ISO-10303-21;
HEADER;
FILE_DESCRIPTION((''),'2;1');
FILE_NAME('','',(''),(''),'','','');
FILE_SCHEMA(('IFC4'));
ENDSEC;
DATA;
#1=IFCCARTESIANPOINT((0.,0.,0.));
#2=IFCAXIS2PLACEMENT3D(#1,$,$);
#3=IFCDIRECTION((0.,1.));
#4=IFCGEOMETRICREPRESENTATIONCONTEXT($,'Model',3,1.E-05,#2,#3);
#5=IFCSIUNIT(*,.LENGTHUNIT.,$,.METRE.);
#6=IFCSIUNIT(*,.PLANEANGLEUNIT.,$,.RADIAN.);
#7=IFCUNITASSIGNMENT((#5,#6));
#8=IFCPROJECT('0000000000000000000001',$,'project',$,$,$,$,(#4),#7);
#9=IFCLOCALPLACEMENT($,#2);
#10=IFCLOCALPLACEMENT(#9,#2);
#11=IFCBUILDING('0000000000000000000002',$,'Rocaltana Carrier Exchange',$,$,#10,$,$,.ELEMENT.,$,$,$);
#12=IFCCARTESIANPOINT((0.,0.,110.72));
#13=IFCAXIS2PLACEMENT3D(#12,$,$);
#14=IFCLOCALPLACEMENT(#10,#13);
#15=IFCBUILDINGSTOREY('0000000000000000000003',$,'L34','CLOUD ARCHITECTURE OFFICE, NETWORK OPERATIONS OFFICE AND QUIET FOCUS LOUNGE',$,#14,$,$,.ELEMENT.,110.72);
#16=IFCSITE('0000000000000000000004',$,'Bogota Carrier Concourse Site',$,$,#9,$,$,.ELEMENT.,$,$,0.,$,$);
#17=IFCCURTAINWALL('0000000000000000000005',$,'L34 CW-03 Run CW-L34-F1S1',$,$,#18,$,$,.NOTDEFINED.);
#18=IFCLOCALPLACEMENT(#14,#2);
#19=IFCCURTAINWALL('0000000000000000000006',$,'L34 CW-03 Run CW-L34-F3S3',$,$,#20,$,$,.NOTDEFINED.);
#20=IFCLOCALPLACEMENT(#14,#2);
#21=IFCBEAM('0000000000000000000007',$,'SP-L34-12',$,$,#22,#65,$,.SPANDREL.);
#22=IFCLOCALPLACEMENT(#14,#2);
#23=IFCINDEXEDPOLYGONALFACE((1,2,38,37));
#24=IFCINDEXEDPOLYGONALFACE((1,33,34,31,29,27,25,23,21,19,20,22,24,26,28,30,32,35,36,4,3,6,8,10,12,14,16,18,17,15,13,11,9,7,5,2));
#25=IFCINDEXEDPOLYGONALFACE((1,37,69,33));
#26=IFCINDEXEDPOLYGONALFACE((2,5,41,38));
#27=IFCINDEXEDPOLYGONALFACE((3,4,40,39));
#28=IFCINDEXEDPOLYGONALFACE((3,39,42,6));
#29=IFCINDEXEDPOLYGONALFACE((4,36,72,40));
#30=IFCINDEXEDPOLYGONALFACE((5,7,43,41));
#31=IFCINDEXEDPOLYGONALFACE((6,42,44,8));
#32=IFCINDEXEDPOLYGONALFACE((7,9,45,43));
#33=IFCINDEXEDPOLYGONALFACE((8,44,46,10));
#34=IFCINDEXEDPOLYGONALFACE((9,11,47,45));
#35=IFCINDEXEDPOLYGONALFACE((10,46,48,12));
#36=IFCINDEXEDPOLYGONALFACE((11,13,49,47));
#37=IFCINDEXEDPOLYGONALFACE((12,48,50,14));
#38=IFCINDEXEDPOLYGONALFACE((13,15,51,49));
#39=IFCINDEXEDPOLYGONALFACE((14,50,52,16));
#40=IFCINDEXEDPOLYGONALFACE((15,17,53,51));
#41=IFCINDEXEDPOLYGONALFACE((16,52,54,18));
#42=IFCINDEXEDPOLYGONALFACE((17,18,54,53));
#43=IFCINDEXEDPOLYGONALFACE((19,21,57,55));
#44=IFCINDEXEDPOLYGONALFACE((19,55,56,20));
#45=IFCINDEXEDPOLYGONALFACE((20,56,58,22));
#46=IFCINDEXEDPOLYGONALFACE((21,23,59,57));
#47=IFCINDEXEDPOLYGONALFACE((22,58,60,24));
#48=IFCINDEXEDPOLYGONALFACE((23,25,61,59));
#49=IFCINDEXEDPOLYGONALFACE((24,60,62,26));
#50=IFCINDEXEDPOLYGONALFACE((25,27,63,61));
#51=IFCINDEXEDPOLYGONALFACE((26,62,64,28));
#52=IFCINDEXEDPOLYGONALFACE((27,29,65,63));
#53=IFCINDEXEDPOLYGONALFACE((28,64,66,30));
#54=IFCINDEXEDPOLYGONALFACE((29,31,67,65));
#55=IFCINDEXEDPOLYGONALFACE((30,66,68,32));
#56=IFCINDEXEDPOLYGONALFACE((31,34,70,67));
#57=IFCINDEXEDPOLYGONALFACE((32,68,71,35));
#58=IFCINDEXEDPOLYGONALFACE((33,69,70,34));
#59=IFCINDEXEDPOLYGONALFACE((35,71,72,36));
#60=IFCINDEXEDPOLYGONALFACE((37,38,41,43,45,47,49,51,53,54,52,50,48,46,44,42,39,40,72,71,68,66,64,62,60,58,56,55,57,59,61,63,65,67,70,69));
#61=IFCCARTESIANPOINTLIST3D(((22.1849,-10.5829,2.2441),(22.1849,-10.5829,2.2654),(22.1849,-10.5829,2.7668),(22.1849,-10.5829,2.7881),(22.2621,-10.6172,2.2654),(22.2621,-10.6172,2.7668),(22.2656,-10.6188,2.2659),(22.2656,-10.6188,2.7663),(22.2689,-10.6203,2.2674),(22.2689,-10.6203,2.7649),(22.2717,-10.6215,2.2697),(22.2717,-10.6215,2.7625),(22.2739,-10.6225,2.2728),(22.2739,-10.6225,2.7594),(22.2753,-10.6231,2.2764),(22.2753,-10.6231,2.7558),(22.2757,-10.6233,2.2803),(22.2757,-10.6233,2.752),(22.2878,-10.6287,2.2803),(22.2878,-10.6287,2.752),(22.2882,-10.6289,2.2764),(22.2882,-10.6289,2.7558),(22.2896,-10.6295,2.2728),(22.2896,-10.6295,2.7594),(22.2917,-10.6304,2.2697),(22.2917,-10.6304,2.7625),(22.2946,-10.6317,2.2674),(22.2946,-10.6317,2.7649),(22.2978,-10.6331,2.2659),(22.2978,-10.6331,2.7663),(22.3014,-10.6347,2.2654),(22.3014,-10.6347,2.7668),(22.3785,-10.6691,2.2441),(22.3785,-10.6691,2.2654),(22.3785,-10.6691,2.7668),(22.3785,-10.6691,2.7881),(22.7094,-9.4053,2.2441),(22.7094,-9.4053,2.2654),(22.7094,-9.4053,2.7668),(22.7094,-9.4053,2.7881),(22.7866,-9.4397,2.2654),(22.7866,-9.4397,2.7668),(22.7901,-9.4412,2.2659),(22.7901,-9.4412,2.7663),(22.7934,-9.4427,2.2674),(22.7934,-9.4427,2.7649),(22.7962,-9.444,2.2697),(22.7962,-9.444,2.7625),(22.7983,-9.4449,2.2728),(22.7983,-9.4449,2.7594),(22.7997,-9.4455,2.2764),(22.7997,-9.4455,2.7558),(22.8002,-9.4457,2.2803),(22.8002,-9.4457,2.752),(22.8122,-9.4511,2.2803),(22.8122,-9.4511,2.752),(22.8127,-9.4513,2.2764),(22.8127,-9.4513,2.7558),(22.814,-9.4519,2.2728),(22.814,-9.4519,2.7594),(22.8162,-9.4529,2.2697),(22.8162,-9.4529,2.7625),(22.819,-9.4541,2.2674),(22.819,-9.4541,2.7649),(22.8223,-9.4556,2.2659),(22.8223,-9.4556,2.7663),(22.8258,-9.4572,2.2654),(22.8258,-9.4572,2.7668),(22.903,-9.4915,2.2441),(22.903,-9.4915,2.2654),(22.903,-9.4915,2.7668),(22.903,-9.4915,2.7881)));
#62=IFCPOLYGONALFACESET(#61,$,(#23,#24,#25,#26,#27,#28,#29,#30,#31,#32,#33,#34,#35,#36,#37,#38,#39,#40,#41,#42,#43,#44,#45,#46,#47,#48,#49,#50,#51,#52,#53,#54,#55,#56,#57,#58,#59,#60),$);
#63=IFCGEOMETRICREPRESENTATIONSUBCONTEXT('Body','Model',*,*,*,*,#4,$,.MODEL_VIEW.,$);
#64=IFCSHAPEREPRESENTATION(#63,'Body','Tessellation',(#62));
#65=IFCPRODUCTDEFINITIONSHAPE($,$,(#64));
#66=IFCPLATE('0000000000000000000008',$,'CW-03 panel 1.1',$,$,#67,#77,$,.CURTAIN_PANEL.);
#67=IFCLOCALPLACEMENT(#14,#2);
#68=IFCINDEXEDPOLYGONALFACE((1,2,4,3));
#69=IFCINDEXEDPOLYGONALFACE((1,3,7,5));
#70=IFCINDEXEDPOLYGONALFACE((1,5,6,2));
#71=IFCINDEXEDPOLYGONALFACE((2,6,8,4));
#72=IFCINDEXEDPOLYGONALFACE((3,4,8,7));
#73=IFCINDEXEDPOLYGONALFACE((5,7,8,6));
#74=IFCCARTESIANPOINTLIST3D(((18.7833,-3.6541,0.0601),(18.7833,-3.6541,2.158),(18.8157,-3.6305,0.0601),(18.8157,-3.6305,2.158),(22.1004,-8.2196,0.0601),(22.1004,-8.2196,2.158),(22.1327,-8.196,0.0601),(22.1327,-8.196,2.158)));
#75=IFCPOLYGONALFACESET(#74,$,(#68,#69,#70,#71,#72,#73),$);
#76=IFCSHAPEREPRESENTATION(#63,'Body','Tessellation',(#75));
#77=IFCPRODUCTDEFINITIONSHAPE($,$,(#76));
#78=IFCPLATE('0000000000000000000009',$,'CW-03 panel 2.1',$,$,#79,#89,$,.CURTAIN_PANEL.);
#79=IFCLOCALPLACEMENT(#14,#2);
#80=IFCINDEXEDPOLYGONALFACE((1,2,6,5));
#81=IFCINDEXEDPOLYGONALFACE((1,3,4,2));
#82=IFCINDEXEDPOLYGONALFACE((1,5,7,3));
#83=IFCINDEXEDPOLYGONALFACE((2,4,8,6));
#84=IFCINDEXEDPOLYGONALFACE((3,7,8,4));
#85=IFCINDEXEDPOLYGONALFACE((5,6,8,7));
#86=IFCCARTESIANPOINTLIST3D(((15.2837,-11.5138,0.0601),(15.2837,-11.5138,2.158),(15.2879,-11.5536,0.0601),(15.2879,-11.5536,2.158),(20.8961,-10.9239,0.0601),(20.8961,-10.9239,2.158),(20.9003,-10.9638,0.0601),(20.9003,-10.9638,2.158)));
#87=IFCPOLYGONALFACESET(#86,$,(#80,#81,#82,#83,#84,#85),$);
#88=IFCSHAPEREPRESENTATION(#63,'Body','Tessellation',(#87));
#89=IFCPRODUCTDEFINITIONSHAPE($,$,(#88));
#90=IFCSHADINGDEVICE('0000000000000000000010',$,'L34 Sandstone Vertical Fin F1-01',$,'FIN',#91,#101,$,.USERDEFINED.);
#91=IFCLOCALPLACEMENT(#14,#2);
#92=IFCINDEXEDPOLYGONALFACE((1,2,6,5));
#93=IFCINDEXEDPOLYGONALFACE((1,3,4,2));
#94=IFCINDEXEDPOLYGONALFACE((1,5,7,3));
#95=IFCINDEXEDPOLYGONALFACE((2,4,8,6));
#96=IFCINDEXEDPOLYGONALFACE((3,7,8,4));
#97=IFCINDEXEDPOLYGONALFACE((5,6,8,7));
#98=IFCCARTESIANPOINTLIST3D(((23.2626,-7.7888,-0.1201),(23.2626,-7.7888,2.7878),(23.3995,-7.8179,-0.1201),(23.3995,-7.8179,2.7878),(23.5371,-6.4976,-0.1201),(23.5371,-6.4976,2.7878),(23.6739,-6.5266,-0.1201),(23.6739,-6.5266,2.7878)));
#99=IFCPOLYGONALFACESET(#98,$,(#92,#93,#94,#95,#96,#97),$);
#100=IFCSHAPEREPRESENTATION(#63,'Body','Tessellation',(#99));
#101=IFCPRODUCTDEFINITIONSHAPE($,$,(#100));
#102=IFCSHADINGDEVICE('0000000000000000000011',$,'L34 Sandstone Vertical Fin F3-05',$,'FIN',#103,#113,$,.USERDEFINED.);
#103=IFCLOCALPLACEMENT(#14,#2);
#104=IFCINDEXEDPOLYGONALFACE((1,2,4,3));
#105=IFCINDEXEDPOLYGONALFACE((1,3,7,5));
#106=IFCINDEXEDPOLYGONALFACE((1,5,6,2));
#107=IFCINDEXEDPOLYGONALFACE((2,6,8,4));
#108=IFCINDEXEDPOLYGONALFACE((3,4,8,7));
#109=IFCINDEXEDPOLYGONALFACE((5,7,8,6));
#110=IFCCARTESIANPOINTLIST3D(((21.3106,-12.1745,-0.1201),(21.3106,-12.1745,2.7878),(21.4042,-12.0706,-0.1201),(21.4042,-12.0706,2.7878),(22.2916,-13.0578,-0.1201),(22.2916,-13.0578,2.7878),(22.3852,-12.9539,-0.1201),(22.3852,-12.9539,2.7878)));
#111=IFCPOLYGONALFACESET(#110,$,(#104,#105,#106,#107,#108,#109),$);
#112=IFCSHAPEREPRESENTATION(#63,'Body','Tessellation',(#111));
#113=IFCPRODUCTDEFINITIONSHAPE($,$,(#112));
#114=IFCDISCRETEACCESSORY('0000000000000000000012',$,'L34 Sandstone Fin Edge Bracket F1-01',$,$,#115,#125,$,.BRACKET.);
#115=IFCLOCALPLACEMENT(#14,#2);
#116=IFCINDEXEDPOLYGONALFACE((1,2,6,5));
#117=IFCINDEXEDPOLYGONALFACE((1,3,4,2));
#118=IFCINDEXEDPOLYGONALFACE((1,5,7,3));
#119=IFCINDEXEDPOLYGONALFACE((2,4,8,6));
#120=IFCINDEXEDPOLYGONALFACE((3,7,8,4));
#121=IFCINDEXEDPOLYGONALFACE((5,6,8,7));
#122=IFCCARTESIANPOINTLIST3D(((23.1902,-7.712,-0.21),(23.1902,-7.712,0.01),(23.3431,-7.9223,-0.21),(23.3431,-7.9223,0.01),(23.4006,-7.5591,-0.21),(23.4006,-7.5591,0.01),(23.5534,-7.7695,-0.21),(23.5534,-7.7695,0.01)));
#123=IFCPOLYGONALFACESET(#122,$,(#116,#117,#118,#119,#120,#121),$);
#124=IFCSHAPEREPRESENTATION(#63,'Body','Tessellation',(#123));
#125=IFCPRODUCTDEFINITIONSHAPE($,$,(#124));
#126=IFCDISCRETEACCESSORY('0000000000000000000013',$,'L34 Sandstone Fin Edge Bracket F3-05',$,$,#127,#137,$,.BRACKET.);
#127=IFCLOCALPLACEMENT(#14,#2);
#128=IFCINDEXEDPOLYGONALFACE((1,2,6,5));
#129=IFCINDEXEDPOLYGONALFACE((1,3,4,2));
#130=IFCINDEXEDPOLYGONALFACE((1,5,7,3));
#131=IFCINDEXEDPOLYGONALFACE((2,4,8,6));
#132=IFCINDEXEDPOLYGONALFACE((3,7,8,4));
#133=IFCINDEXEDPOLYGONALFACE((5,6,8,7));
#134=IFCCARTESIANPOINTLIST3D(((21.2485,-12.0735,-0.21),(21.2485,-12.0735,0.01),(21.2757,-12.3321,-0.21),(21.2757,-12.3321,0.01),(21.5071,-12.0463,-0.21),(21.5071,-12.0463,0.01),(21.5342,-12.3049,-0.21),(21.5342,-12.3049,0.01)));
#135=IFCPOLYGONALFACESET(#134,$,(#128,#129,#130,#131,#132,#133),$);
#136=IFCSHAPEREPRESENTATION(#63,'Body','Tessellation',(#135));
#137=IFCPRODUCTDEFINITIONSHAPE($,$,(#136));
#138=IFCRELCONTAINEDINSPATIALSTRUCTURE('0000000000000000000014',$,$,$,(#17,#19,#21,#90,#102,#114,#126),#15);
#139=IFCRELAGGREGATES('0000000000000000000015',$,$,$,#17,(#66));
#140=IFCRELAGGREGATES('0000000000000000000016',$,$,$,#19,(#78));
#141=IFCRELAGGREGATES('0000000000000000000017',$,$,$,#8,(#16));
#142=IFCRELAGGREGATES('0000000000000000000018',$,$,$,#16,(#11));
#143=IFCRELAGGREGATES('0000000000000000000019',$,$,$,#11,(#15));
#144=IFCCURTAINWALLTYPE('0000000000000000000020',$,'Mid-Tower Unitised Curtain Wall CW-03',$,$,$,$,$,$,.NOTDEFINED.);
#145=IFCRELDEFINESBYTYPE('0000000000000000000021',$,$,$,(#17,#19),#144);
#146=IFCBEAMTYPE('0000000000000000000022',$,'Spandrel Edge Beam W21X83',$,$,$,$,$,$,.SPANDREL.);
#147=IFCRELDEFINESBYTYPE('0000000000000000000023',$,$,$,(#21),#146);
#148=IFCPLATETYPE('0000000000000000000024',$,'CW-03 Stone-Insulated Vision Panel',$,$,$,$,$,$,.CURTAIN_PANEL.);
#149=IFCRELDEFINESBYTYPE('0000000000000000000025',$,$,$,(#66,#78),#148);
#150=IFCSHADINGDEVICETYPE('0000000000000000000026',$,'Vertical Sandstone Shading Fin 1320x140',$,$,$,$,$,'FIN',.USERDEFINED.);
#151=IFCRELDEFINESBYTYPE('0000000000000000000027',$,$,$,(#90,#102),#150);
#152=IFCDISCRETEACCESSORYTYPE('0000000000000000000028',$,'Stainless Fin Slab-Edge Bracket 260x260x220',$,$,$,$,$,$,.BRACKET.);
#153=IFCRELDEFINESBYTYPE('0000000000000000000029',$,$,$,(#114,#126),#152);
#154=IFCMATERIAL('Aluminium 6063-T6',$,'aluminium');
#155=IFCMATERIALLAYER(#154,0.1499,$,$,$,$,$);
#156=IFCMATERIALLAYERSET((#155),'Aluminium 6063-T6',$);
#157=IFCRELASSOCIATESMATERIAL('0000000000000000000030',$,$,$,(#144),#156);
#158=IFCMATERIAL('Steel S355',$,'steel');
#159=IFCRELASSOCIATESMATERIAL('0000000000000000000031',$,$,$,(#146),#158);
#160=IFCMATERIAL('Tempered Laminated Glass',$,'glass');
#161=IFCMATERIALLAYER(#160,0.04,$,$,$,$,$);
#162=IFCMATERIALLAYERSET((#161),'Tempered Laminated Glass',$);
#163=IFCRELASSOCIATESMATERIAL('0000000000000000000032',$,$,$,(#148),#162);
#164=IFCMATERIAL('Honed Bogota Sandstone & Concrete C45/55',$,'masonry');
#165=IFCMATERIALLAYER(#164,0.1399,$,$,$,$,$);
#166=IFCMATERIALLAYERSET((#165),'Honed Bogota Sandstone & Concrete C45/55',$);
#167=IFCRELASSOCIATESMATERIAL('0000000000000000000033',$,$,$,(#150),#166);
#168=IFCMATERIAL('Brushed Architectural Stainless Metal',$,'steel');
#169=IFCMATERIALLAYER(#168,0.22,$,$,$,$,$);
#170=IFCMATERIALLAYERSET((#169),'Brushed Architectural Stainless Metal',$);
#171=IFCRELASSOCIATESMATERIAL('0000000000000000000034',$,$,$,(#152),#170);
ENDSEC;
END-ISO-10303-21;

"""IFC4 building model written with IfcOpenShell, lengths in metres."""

from ifc_helpers import new_model, si_unit, direction, frame, origin, origin_2d, place, context, subcontext, project, spatial, rectangle, i_section, extrude, material, layer, layer_set, material_profile, profile_set, type_object, element, aggregate, save


model = new_model("IFC4")

# Units and contexts
model_context = context("Model", 3, precision=1e-05, world=origin(), true_north=direction((0.0, 1.0)))
body_context = subcontext(model_context, "Body", "Model", "MODEL_VIEW")
ifc_project = project(units=[si_unit("LENGTHUNIT", "METRE"), si_unit("PLANEANGLEUNIT", "RADIAN")], contexts=[model_context])

# Site, building, storey
site_placement = place(None, origin())
site = spatial("IfcSite", under=ifc_project, at=site_placement, Name="Bogota Carrier Concourse Site", CompositionType="ELEMENT", RefElevation=0.0)
building_placement = place(site_placement, origin())
building = spatial("IfcBuilding", under=site, at=building_placement, Name="Rocaltana Carrier Exchange", CompositionType="ELEMENT")
storey_placement = place(building_placement, frame((0.0, 0.0, 110.72)))
storey = spatial("IfcBuildingStorey", under=building, at=storey_placement, Name="L34", Description="CLOUD ARCHITECTURE OFFICE, NETWORK OPERATIONS OFFICE AND QUIET FOCUS LOUNGE", CompositionType="ELEMENT", Elevation=110.72)

# Curtain wall
ifc_material_1 = material(Name="Aluminium 6063-T6", Category="aluminium")
ifc_layer_1 = layer(ifc_material_1, 0.1499)
ifc_layer_set_1 = layer_set([ifc_layer_1], Name="Aluminium 6063-T6")
curtain_wall_type = type_object("IfcCurtainWallType", Name="Mid-Tower Unitised Curtain Wall CW-03", PredefinedType="NOTDEFINED", material=ifc_layer_set_1)
curtain_wall_1_placement = place(storey_placement, origin())
curtain_wall_1 = element("IfcCurtainWall", 1, at=curtain_wall_1_placement, inside=storey, type_object=curtain_wall_type, Name="L34 CW-03 Run CW-L34-F1S1", PredefinedType="NOTDEFINED")

# Curtain wall
curtain_wall_2_placement = place(storey_placement, origin())
curtain_wall_2 = element("IfcCurtainWall", 2, at=curtain_wall_2_placement, inside=storey, type_object=curtain_wall_type, Name="L34 CW-03 Run CW-L34-F3S3", PredefinedType="NOTDEFINED")

# Beam
ifc_material_2 = material(Name="Steel S355", Category="steel")
ifc_material_profile_1 = material_profile(ifc_material_2, i_section(OverallWidth=0.2119, OverallDepth=0.5439, WebThickness=0.0132, FlangeThickness=0.0212, FilletRadius=0.0149, at=origin_2d()), Name="W21X83")
ifc_profile_set_1 = profile_set([ifc_material_profile_1], Name="Steel S355")
beam_type_1 = type_object("IfcBeamType", Name="Spandrel Edge Beam W21X83", PredefinedType="SPANDREL", material=ifc_profile_set_1)
beam_1_placement = place(storey_placement, frame((22.2817, -10.626, 2.5161), z_axis=(0.406841, 0.913499, 0.0), x_axis=(-0.913499, 0.406841, 0.0)))
element("IfcBeam", 3, at=beam_1_placement, inside=storey, type_object=beam_type_1, Name="SP-L34-12", PredefinedType="SPANDREL", context=body_context, shape_type="SweptSolid", body=[
    extrude(i_section(OverallWidth=0.2119, OverallDepth=0.5439, WebThickness=0.0132, FlangeThickness=0.0212, FilletRadius=0.0149, at=origin_2d()), origin(), (0.0, 0.0, 1.0), 1.2891),
])

# Plates
ifc_material_3 = material(Name="Tempered Laminated Glass", Category="glass")
ifc_layer_2 = layer(ifc_material_3, 0.04)
ifc_layer_set_2 = layer_set([ifc_layer_2], Name="Tempered Laminated Glass")
plate_type = type_object("IfcPlateType", Name="CW-03 Stone-Insulated Vision Panel", PredefinedType="CURTAIN_PANEL", material=ifc_layer_set_2)
plate_1_placement = place(storey_placement, frame((20.458, -5.925, 0.0601), z_axis=(0.0, 0.0, 1.0), x_axis=(-0.58779, 0.809014, 0.0)))
plate_1 = element("IfcPlate", 4, at=plate_1_placement, type_object=plate_type, Name="CW-03 panel 1.1", PredefinedType="CURTAIN_PANEL", context=body_context, shape_type="SweptSolid", body=[
    extrude(rectangle(XDim=5.6433, YDim=0.04, at=origin_2d()), origin(), (0.0, 0.0, 1.0), 2.0979),
])
aggregate(curtain_wall_1, [plate_1])
plate_2_placement = place(storey_placement, frame((18.092, -11.2388, 0.0601), z_axis=(0.0, 0.0, 1.0), x_axis=(0.994523, 0.104522, 0.0)))
plate_2 = element("IfcPlate", 5, at=plate_2_placement, type_object=plate_type, Name="CW-03 panel 2.1", PredefinedType="CURTAIN_PANEL", context=body_context, shape_type="SweptSolid", body=[
    extrude(rectangle(XDim=5.6433, YDim=0.04, at=origin_2d()), origin(), (0.0, 0.0, 1.0), 2.0979),
])
aggregate(curtain_wall_2, [plate_2])

# Shading devices
ifc_material_4 = material(Name="Honed Bogota Sandstone & Concrete C45/55", Category="masonry")
ifc_layer_3 = layer(ifc_material_4, 0.1399)
ifc_layer_set_3 = layer_set([ifc_layer_3], Name="Honed Bogota Sandstone & Concrete C45/55")
shading_device_type = type_object("IfcShadingDeviceType", Name="Vertical Sandstone Shading Fin 1320x140", ElementType="FIN", PredefinedType="USERDEFINED", material=ifc_layer_set_3)
for number, where, z_axis, x_axis, name in (
    (6, (23.4683, -7.1577, -0.1201), (0.0, 0.0, 1.0), (0.207912, 0.978148, 0.0), "L34 Sandstone Vertical Fin F1-01"),
    (7, (21.8479, -12.5642, -0.1201), (0.0, 0.0, 1.0), (0.743145, -0.669131, 0.0), "L34 Sandstone Vertical Fin F3-05"),
):
    element("IfcShadingDevice", number, at=place(storey_placement, frame(where, z_axis=z_axis, x_axis=x_axis)), inside=storey, type_object=shading_device_type, Name=name, ObjectType="FIN", PredefinedType="USERDEFINED", context=body_context, shape_type="SweptSolid", body=[
        extrude(rectangle(XDim=1.3201, YDim=0.1399, at=origin_2d()), origin(), (0.0, 0.0, 1.0), 2.908),
    ])

# Discrete accessories
ifc_material_5 = material(Name="Brushed Architectural Stainless Metal", Category="steel")
ifc_layer_4 = layer(ifc_material_5, 0.22)
ifc_layer_set_4 = layer_set([ifc_layer_4], Name="Brushed Architectural Stainless Metal")
discrete_accessory_type = type_object("IfcDiscreteAccessoryType", Name="Stainless Fin Slab-Edge Bracket 260x260x220", PredefinedType="BRACKET", material=ifc_layer_set_4)
for number, where, z_axis, x_axis, name in (
    (8, (23.3718, -7.7407, -0.21), (0.0, 0.0, 1.0), (-0.587785, 0.809017, 0.0), "L34 Sandstone Fin Edge Bracket F1-01"),
    (9, (21.3914, -12.1892, -0.21), (0.0, 0.0, 1.0), (0.994522, 0.104528, 0.0), "L34 Sandstone Fin Edge Bracket F3-05"),
):
    element("IfcDiscreteAccessory", number, at=place(storey_placement, frame(where, z_axis=z_axis, x_axis=x_axis)), inside=storey, type_object=discrete_accessory_type, Name=name, PredefinedType="BRACKET", context=body_context, shape_type="SweptSolid", body=[
        extrude(rectangle(XDim=0.26, YDim=0.26, at=origin_2d()), origin(), (0.0, 0.0, 1.0), 0.22),
    ])

save(model, "model.ifc")
